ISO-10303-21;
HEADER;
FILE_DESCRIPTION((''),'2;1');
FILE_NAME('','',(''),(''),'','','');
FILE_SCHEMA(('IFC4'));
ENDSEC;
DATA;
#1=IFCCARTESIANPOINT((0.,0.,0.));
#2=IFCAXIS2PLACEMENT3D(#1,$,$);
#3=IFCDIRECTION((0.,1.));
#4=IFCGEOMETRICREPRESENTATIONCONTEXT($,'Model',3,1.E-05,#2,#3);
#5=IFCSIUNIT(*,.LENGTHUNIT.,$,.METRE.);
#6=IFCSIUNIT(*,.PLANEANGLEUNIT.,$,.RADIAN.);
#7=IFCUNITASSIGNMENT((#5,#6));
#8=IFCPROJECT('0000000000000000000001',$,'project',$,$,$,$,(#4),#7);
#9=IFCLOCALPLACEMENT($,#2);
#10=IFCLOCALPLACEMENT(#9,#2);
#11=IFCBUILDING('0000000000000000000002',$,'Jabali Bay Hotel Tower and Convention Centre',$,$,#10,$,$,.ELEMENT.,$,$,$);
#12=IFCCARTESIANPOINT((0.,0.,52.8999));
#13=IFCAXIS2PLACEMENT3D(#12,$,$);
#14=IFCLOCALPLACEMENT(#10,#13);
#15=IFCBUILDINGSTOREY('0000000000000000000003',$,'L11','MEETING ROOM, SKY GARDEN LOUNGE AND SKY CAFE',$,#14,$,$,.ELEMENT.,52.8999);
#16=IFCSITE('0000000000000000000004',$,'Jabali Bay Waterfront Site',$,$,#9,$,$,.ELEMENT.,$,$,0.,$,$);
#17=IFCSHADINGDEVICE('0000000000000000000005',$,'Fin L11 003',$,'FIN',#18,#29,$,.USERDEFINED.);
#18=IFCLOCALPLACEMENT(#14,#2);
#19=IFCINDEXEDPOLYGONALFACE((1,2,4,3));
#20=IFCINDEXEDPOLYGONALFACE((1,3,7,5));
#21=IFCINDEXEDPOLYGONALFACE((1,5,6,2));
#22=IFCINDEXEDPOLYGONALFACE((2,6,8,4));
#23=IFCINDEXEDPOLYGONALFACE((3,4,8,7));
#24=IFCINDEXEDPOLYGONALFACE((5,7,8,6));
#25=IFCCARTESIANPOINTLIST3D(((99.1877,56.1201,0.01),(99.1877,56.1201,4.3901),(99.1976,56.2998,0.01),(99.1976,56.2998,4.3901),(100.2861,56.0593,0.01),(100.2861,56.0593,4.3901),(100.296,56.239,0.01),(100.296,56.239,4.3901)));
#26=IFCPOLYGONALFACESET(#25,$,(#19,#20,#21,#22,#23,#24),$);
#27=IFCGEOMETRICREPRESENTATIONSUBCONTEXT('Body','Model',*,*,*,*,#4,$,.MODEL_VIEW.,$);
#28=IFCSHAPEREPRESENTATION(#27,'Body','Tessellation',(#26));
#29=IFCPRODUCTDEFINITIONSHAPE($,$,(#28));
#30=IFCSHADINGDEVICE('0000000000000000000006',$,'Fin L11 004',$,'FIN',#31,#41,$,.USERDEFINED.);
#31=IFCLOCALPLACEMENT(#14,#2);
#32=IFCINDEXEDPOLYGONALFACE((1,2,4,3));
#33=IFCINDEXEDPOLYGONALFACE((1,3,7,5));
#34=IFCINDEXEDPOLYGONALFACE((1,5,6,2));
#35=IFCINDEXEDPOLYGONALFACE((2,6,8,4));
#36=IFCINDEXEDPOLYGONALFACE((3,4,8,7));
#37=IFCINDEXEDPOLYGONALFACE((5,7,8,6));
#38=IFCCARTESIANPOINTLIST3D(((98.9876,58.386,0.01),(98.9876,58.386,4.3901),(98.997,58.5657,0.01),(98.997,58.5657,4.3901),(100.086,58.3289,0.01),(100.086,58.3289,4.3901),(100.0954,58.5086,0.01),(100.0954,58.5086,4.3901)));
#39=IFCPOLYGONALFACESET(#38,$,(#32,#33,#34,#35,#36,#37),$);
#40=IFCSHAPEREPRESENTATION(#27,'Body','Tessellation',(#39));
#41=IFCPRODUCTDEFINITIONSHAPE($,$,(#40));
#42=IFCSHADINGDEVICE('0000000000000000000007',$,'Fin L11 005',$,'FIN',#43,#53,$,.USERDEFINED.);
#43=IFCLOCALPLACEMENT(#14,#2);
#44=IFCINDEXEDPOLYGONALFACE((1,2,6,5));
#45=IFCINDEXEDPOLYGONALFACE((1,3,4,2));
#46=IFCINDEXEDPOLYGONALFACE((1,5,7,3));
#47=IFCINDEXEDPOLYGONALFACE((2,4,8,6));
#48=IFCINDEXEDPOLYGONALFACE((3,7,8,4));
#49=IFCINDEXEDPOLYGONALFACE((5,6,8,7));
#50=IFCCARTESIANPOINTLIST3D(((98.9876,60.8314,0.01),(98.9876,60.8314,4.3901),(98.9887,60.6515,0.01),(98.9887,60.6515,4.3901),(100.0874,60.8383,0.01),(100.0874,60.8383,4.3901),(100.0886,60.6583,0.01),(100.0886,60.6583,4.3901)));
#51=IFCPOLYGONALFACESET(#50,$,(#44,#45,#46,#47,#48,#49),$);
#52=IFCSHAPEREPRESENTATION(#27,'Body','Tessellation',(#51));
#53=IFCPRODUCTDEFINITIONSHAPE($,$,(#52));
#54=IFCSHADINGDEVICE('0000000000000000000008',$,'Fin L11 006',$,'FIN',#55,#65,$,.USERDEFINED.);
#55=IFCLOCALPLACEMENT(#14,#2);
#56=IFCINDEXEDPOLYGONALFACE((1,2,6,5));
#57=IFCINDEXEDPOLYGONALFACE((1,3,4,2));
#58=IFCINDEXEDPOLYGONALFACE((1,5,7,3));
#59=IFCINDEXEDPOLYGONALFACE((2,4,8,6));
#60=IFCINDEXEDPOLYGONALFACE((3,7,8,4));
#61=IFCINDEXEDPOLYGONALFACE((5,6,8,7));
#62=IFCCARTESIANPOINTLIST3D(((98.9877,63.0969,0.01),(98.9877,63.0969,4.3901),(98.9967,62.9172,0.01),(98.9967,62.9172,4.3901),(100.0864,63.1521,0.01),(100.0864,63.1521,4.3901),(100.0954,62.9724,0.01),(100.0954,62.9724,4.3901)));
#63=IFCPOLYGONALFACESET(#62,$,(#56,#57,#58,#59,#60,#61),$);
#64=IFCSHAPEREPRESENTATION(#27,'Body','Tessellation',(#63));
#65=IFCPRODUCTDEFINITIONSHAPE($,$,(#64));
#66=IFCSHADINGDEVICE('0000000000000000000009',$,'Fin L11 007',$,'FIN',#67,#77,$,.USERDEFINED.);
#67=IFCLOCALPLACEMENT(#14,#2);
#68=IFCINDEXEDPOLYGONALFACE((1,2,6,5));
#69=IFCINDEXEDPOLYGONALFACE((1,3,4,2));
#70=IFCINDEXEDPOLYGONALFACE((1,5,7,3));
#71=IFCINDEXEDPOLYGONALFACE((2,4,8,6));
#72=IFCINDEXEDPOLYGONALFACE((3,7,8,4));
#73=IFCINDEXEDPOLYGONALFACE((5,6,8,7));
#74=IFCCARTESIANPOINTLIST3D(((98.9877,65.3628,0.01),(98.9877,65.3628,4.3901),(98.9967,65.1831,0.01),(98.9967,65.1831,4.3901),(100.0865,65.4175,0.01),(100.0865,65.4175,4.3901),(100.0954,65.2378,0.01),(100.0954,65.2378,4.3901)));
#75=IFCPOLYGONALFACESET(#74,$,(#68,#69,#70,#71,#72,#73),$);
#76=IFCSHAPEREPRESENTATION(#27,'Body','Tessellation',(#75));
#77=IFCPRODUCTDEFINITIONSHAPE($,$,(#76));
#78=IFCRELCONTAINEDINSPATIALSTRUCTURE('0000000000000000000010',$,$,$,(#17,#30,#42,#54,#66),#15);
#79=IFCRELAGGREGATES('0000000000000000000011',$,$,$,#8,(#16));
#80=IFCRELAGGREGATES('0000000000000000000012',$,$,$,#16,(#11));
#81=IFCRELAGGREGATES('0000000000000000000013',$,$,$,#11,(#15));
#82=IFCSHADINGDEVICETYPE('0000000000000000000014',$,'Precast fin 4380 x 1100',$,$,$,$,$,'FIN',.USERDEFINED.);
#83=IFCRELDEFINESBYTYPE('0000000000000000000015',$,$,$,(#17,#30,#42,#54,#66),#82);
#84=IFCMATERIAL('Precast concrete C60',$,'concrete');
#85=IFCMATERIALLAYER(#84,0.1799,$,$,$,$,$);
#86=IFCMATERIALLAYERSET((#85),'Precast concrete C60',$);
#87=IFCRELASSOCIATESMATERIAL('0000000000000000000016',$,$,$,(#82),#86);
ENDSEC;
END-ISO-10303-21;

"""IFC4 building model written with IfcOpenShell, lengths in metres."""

from ifc_helpers import new_model, si_unit, direction, frame, frame_2d, origin, place, context, subcontext, project, spatial, rectangle, extrude, material, layer, layer_set, type_object, element, save


model = new_model("IFC4")

# Units and contexts
model_context = context("Model", 3, precision=1e-05, world=origin(), true_north=direction((0.0, 1.0)))
body_context = subcontext(model_context, "Body", "Model", "MODEL_VIEW")
ifc_project = project(units=[si_unit("LENGTHUNIT", "METRE"), si_unit("PLANEANGLEUNIT", "RADIAN")], contexts=[model_context])

# Site, building, storey
site_placement = place(None, origin())
site = spatial("IfcSite", under=ifc_project, at=site_placement, Name="Jabali Bay Waterfront Site", CompositionType="ELEMENT", RefElevation=0.0)
building_placement = place(site_placement, origin())
building = spatial("IfcBuilding", under=site, at=building_placement, Name="Jabali Bay Hotel Tower and Convention Centre", CompositionType="ELEMENT")
storey_placement = place(building_placement, frame((0.0, 0.0, 52.8999)))
storey = spatial("IfcBuildingStorey", under=building, at=storey_placement, Name="L11", Description="MEETING ROOM, SKY GARDEN LOUNGE AND SKY CAFE", CompositionType="ELEMENT", Elevation=52.8999)

# Shading devices
ifc_material_1 = material(Name="Precast concrete C60", Category="concrete")
ifc_layer_1 = layer(ifc_material_1, 0.1799)
ifc_layer_set_1 = layer_set([ifc_layer_1], Name="Precast concrete C60")
shading_device_type = type_object("IfcShadingDeviceType", Name="Precast fin 4380 x 1100", ElementType="FIN", PredefinedType="USERDEFINED", material=ifc_layer_set_1)
shading_device_placement = place(storey_placement, frame((99.1926, 56.21, 0.01), z_axis=(0.0, 0.0, 1.0), x_axis=(0.998472, -0.055261, 0.0)))
element("IfcShadingDevice", 1, at=shading_device_placement, inside=storey, type_object=shading_device_type, Name="Fin L11 003", ObjectType="FIN", PredefinedType="USERDEFINED", context=body_context, shape_type="SweptSolid", body=[
    extrude(rectangle(XDim=1.1001, YDim=0.1799, at=frame_2d((0.55, 0.0))), origin(), (0.0, 0.0, 1.0), 4.3801),
])
for number, where, z_axis, x_axis, name in (
    (2, (98.9924, 58.4758, 0.01), (0.0, 0.0, 1.0), (0.99865, -0.051941, 0.0), "Fin L11 004"),
    (3, (98.9883, 60.7415, 0.01), (0.0, 0.0, 1.0), (0.999981, 0.006215, 0.0), "Fin L11 005"),
):
    element("IfcShadingDevice", number, at=place(storey_placement, frame(where, z_axis=z_axis, x_axis=x_axis)), inside=storey, type_object=shading_device_type, Name=name, ObjectType="FIN", PredefinedType="USERDEFINED", context=body_context, shape_type="SweptSolid", body=[
        extrude(rectangle(XDim=1.0999, YDim=0.1799, at=frame_2d((0.5498, 0.0))), origin(), (0.0, 0.0, 1.0), 4.3801),
    ])
for number, where, z_axis, x_axis, name in (
    (4, (98.9922, 63.0071, 0.01), (0.0, 0.0, 1.0), (0.998741, 0.050159, 0.0), "Fin L11 006"),
    (5, (98.9922, 65.2729, 0.01), (0.0, 0.0, 1.0), (0.998763, 0.049716, 0.0), "Fin L11 007"),
):
    element("IfcShadingDevice", number, at=place(storey_placement, frame(where, z_axis=z_axis, x_axis=x_axis)), inside=storey, type_object=shading_device_type, Name=name, ObjectType="FIN", PredefinedType="USERDEFINED", context=body_context, shape_type="SweptSolid", body=[
        extrude(rectangle(XDim=1.1001, YDim=0.1799, at=frame_2d((0.55, 0.0))), origin(), (0.0, 0.0, 1.0), 4.3801),
    ])

save(model, "model.ifc")
